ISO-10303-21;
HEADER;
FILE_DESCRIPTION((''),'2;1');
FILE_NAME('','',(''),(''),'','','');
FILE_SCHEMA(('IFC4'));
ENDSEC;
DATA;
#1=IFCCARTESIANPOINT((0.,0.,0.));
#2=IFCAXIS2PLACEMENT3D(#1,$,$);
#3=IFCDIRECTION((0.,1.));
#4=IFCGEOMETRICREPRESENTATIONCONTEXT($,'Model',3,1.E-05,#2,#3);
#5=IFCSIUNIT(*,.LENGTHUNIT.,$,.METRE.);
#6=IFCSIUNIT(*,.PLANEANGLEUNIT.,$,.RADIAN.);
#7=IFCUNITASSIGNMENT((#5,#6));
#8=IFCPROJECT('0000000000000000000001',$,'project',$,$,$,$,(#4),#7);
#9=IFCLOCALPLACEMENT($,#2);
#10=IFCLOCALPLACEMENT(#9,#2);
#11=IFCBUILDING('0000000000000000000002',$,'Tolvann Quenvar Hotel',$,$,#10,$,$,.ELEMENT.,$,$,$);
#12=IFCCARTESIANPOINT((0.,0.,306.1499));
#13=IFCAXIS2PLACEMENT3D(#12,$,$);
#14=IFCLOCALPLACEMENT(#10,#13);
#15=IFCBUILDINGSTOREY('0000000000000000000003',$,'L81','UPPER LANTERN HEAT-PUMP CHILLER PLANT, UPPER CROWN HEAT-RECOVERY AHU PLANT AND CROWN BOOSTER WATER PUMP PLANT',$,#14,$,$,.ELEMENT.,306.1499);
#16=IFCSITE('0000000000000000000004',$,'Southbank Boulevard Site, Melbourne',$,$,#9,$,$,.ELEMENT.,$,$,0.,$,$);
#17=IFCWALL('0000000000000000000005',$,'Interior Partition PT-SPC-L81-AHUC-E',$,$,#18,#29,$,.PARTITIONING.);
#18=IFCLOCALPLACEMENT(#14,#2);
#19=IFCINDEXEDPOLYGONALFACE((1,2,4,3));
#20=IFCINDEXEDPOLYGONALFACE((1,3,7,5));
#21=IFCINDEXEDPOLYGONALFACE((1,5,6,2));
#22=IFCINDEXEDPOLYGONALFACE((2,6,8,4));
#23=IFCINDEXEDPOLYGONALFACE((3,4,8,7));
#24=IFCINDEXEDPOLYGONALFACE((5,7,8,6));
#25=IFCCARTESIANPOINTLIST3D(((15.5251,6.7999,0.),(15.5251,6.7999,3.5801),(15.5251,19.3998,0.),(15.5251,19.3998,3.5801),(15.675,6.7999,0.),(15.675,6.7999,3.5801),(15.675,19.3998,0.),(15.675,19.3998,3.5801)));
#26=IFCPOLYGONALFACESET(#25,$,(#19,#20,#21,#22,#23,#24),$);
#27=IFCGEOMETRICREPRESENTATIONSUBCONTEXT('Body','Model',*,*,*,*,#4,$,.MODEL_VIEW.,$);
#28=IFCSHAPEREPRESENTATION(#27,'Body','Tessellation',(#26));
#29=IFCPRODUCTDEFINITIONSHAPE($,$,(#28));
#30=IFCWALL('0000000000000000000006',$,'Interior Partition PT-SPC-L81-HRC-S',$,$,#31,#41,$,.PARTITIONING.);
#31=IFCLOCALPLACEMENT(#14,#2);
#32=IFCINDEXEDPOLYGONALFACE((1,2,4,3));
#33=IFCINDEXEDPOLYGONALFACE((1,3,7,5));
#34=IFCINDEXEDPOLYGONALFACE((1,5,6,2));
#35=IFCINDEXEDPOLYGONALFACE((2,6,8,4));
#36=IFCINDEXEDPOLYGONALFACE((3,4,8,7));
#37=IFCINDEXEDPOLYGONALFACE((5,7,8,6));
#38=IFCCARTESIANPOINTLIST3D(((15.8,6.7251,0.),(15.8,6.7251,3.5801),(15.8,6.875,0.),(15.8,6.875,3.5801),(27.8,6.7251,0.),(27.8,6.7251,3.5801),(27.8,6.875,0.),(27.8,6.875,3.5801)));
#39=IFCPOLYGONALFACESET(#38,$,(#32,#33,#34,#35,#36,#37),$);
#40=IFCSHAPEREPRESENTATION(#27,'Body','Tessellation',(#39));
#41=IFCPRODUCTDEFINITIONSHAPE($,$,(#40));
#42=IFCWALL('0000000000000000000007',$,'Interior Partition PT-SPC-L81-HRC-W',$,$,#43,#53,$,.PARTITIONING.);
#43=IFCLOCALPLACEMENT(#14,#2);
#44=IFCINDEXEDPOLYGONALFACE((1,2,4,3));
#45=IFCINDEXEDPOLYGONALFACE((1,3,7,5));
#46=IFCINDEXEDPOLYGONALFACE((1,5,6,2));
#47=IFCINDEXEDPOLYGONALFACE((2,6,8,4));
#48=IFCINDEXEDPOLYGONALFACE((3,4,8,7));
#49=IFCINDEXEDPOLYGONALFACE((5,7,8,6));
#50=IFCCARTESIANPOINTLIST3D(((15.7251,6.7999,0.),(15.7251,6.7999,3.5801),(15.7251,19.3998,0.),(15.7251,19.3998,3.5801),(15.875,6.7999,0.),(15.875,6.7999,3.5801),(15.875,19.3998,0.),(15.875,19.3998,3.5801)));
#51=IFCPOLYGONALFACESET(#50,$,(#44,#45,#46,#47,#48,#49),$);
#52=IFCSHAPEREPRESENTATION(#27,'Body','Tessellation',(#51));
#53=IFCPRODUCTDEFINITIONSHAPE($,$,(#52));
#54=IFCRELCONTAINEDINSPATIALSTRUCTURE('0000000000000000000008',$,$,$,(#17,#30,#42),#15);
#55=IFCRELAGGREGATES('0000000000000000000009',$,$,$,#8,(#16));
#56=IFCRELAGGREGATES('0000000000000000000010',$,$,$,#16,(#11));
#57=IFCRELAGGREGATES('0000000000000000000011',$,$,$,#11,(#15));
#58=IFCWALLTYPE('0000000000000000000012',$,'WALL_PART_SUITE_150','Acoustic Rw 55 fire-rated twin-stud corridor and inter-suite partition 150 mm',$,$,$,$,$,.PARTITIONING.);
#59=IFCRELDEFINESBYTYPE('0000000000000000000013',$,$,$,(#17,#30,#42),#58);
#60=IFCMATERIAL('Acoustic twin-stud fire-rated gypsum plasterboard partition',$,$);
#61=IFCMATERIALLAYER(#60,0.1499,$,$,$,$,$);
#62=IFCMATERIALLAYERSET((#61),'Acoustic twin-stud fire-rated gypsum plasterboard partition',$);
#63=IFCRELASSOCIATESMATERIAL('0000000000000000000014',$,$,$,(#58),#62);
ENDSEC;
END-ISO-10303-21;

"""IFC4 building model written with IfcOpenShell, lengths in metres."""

from ifc_helpers import new_model, si_unit, direction, frame, frame_2d, origin, place, context, subcontext, project, spatial, rectangle, extrude, material, layer, layer_set, type_object, element, save


model = new_model("IFC4")

# Units and contexts
model_context = context("Model", 3, precision=1e-05, world=origin(), true_north=direction((0.0, 1.0)))
body_context = subcontext(model_context, "Body", "Model", "MODEL_VIEW")
ifc_project = project(units=[si_unit("LENGTHUNIT", "METRE"), si_unit("PLANEANGLEUNIT", "RADIAN")], contexts=[model_context])

# Site, building, storey
site_placement = place(None, origin())
site = spatial("IfcSite", under=ifc_project, at=site_placement, Name="Southbank Boulevard Site, Melbourne", CompositionType="ELEMENT", RefElevation=0.0)
building_placement = place(site_placement, origin())
building = spatial("IfcBuilding", under=site, at=building_placement, Name="Tolvann Quenvar Hotel", CompositionType="ELEMENT")
storey_placement = place(building_placement, frame((0.0, 0.0, 306.1499)))
storey = spatial("IfcBuildingStorey", under=building, at=storey_placement, Name="L81", Description="UPPER LANTERN HEAT-PUMP CHILLER PLANT, UPPER CROWN HEAT-RECOVERY AHU PLANT AND CROWN BOOSTER WATER PUMP PLANT", CompositionType="ELEMENT", Elevation=306.1499)

# Walls
ifc_material_1 = material(Name="Acoustic twin-stud fire-rated gypsum plasterboard partition")
ifc_layer_1 = layer(ifc_material_1, 0.1499)
ifc_layer_set_1 = layer_set([ifc_layer_1], Name="Acoustic twin-stud fire-rated gypsum plasterboard partition")
wall_type = type_object("IfcWallType", Name="WALL_PART_SUITE_150", Description="Acoustic Rw 55 fire-rated twin-stud corridor and inter-suite partition 150 mm", PredefinedType="PARTITIONING", material=ifc_layer_set_1)
wall_1_placement = place(storey_placement, frame((15.6001, 6.8, 0.0), z_axis=(0.0, 0.0, 1.0), x_axis=(0.0, 1.0, 0.0)))
element("IfcWall", 1, at=wall_1_placement, inside=storey, type_object=wall_type, Name="Interior Partition PT-SPC-L81-AHUC-E", PredefinedType="PARTITIONING", context=body_context, shape_type="SweptSolid", body=[
    extrude(rectangle(XDim=12.5999, YDim=0.1499, at=frame_2d((6.2998, 0.0))), origin(), (0.0, 0.0, 1.0), 3.5801),
])
wall_2_placement = place(storey_placement, frame((15.8, 6.8, 0.0), z_axis=(0.0, 0.0, 1.0), x_axis=(1.0, 0.0, 0.0)))
element("IfcWall", 2, at=wall_2_placement, inside=storey, type_object=wall_type, Name="Interior Partition PT-SPC-L81-HRC-S", PredefinedType="PARTITIONING", context=body_context, shape_type="SweptSolid", body=[
    extrude(rectangle(XDim=12.0, YDim=0.1499, at=frame_2d((6.0, 0.0))), origin(), (0.0, 0.0, 1.0), 3.5801),
])
wall_3_placement = place(storey_placement, frame((15.8, 6.8, 0.0), z_axis=(0.0, 0.0, 1.0), x_axis=(0.0, 1.0, 0.0)))
element("IfcWall", 3, at=wall_3_placement, inside=storey, type_object=wall_type, Name="Interior Partition PT-SPC-L81-HRC-W", PredefinedType="PARTITIONING", context=body_context, shape_type="SweptSolid", body=[
    extrude(rectangle(XDim=12.5999, YDim=0.1499, at=frame_2d((6.2998, 0.0))), origin(), (0.0, 0.0, 1.0), 3.5801),
])

save(model, "model.ifc")
